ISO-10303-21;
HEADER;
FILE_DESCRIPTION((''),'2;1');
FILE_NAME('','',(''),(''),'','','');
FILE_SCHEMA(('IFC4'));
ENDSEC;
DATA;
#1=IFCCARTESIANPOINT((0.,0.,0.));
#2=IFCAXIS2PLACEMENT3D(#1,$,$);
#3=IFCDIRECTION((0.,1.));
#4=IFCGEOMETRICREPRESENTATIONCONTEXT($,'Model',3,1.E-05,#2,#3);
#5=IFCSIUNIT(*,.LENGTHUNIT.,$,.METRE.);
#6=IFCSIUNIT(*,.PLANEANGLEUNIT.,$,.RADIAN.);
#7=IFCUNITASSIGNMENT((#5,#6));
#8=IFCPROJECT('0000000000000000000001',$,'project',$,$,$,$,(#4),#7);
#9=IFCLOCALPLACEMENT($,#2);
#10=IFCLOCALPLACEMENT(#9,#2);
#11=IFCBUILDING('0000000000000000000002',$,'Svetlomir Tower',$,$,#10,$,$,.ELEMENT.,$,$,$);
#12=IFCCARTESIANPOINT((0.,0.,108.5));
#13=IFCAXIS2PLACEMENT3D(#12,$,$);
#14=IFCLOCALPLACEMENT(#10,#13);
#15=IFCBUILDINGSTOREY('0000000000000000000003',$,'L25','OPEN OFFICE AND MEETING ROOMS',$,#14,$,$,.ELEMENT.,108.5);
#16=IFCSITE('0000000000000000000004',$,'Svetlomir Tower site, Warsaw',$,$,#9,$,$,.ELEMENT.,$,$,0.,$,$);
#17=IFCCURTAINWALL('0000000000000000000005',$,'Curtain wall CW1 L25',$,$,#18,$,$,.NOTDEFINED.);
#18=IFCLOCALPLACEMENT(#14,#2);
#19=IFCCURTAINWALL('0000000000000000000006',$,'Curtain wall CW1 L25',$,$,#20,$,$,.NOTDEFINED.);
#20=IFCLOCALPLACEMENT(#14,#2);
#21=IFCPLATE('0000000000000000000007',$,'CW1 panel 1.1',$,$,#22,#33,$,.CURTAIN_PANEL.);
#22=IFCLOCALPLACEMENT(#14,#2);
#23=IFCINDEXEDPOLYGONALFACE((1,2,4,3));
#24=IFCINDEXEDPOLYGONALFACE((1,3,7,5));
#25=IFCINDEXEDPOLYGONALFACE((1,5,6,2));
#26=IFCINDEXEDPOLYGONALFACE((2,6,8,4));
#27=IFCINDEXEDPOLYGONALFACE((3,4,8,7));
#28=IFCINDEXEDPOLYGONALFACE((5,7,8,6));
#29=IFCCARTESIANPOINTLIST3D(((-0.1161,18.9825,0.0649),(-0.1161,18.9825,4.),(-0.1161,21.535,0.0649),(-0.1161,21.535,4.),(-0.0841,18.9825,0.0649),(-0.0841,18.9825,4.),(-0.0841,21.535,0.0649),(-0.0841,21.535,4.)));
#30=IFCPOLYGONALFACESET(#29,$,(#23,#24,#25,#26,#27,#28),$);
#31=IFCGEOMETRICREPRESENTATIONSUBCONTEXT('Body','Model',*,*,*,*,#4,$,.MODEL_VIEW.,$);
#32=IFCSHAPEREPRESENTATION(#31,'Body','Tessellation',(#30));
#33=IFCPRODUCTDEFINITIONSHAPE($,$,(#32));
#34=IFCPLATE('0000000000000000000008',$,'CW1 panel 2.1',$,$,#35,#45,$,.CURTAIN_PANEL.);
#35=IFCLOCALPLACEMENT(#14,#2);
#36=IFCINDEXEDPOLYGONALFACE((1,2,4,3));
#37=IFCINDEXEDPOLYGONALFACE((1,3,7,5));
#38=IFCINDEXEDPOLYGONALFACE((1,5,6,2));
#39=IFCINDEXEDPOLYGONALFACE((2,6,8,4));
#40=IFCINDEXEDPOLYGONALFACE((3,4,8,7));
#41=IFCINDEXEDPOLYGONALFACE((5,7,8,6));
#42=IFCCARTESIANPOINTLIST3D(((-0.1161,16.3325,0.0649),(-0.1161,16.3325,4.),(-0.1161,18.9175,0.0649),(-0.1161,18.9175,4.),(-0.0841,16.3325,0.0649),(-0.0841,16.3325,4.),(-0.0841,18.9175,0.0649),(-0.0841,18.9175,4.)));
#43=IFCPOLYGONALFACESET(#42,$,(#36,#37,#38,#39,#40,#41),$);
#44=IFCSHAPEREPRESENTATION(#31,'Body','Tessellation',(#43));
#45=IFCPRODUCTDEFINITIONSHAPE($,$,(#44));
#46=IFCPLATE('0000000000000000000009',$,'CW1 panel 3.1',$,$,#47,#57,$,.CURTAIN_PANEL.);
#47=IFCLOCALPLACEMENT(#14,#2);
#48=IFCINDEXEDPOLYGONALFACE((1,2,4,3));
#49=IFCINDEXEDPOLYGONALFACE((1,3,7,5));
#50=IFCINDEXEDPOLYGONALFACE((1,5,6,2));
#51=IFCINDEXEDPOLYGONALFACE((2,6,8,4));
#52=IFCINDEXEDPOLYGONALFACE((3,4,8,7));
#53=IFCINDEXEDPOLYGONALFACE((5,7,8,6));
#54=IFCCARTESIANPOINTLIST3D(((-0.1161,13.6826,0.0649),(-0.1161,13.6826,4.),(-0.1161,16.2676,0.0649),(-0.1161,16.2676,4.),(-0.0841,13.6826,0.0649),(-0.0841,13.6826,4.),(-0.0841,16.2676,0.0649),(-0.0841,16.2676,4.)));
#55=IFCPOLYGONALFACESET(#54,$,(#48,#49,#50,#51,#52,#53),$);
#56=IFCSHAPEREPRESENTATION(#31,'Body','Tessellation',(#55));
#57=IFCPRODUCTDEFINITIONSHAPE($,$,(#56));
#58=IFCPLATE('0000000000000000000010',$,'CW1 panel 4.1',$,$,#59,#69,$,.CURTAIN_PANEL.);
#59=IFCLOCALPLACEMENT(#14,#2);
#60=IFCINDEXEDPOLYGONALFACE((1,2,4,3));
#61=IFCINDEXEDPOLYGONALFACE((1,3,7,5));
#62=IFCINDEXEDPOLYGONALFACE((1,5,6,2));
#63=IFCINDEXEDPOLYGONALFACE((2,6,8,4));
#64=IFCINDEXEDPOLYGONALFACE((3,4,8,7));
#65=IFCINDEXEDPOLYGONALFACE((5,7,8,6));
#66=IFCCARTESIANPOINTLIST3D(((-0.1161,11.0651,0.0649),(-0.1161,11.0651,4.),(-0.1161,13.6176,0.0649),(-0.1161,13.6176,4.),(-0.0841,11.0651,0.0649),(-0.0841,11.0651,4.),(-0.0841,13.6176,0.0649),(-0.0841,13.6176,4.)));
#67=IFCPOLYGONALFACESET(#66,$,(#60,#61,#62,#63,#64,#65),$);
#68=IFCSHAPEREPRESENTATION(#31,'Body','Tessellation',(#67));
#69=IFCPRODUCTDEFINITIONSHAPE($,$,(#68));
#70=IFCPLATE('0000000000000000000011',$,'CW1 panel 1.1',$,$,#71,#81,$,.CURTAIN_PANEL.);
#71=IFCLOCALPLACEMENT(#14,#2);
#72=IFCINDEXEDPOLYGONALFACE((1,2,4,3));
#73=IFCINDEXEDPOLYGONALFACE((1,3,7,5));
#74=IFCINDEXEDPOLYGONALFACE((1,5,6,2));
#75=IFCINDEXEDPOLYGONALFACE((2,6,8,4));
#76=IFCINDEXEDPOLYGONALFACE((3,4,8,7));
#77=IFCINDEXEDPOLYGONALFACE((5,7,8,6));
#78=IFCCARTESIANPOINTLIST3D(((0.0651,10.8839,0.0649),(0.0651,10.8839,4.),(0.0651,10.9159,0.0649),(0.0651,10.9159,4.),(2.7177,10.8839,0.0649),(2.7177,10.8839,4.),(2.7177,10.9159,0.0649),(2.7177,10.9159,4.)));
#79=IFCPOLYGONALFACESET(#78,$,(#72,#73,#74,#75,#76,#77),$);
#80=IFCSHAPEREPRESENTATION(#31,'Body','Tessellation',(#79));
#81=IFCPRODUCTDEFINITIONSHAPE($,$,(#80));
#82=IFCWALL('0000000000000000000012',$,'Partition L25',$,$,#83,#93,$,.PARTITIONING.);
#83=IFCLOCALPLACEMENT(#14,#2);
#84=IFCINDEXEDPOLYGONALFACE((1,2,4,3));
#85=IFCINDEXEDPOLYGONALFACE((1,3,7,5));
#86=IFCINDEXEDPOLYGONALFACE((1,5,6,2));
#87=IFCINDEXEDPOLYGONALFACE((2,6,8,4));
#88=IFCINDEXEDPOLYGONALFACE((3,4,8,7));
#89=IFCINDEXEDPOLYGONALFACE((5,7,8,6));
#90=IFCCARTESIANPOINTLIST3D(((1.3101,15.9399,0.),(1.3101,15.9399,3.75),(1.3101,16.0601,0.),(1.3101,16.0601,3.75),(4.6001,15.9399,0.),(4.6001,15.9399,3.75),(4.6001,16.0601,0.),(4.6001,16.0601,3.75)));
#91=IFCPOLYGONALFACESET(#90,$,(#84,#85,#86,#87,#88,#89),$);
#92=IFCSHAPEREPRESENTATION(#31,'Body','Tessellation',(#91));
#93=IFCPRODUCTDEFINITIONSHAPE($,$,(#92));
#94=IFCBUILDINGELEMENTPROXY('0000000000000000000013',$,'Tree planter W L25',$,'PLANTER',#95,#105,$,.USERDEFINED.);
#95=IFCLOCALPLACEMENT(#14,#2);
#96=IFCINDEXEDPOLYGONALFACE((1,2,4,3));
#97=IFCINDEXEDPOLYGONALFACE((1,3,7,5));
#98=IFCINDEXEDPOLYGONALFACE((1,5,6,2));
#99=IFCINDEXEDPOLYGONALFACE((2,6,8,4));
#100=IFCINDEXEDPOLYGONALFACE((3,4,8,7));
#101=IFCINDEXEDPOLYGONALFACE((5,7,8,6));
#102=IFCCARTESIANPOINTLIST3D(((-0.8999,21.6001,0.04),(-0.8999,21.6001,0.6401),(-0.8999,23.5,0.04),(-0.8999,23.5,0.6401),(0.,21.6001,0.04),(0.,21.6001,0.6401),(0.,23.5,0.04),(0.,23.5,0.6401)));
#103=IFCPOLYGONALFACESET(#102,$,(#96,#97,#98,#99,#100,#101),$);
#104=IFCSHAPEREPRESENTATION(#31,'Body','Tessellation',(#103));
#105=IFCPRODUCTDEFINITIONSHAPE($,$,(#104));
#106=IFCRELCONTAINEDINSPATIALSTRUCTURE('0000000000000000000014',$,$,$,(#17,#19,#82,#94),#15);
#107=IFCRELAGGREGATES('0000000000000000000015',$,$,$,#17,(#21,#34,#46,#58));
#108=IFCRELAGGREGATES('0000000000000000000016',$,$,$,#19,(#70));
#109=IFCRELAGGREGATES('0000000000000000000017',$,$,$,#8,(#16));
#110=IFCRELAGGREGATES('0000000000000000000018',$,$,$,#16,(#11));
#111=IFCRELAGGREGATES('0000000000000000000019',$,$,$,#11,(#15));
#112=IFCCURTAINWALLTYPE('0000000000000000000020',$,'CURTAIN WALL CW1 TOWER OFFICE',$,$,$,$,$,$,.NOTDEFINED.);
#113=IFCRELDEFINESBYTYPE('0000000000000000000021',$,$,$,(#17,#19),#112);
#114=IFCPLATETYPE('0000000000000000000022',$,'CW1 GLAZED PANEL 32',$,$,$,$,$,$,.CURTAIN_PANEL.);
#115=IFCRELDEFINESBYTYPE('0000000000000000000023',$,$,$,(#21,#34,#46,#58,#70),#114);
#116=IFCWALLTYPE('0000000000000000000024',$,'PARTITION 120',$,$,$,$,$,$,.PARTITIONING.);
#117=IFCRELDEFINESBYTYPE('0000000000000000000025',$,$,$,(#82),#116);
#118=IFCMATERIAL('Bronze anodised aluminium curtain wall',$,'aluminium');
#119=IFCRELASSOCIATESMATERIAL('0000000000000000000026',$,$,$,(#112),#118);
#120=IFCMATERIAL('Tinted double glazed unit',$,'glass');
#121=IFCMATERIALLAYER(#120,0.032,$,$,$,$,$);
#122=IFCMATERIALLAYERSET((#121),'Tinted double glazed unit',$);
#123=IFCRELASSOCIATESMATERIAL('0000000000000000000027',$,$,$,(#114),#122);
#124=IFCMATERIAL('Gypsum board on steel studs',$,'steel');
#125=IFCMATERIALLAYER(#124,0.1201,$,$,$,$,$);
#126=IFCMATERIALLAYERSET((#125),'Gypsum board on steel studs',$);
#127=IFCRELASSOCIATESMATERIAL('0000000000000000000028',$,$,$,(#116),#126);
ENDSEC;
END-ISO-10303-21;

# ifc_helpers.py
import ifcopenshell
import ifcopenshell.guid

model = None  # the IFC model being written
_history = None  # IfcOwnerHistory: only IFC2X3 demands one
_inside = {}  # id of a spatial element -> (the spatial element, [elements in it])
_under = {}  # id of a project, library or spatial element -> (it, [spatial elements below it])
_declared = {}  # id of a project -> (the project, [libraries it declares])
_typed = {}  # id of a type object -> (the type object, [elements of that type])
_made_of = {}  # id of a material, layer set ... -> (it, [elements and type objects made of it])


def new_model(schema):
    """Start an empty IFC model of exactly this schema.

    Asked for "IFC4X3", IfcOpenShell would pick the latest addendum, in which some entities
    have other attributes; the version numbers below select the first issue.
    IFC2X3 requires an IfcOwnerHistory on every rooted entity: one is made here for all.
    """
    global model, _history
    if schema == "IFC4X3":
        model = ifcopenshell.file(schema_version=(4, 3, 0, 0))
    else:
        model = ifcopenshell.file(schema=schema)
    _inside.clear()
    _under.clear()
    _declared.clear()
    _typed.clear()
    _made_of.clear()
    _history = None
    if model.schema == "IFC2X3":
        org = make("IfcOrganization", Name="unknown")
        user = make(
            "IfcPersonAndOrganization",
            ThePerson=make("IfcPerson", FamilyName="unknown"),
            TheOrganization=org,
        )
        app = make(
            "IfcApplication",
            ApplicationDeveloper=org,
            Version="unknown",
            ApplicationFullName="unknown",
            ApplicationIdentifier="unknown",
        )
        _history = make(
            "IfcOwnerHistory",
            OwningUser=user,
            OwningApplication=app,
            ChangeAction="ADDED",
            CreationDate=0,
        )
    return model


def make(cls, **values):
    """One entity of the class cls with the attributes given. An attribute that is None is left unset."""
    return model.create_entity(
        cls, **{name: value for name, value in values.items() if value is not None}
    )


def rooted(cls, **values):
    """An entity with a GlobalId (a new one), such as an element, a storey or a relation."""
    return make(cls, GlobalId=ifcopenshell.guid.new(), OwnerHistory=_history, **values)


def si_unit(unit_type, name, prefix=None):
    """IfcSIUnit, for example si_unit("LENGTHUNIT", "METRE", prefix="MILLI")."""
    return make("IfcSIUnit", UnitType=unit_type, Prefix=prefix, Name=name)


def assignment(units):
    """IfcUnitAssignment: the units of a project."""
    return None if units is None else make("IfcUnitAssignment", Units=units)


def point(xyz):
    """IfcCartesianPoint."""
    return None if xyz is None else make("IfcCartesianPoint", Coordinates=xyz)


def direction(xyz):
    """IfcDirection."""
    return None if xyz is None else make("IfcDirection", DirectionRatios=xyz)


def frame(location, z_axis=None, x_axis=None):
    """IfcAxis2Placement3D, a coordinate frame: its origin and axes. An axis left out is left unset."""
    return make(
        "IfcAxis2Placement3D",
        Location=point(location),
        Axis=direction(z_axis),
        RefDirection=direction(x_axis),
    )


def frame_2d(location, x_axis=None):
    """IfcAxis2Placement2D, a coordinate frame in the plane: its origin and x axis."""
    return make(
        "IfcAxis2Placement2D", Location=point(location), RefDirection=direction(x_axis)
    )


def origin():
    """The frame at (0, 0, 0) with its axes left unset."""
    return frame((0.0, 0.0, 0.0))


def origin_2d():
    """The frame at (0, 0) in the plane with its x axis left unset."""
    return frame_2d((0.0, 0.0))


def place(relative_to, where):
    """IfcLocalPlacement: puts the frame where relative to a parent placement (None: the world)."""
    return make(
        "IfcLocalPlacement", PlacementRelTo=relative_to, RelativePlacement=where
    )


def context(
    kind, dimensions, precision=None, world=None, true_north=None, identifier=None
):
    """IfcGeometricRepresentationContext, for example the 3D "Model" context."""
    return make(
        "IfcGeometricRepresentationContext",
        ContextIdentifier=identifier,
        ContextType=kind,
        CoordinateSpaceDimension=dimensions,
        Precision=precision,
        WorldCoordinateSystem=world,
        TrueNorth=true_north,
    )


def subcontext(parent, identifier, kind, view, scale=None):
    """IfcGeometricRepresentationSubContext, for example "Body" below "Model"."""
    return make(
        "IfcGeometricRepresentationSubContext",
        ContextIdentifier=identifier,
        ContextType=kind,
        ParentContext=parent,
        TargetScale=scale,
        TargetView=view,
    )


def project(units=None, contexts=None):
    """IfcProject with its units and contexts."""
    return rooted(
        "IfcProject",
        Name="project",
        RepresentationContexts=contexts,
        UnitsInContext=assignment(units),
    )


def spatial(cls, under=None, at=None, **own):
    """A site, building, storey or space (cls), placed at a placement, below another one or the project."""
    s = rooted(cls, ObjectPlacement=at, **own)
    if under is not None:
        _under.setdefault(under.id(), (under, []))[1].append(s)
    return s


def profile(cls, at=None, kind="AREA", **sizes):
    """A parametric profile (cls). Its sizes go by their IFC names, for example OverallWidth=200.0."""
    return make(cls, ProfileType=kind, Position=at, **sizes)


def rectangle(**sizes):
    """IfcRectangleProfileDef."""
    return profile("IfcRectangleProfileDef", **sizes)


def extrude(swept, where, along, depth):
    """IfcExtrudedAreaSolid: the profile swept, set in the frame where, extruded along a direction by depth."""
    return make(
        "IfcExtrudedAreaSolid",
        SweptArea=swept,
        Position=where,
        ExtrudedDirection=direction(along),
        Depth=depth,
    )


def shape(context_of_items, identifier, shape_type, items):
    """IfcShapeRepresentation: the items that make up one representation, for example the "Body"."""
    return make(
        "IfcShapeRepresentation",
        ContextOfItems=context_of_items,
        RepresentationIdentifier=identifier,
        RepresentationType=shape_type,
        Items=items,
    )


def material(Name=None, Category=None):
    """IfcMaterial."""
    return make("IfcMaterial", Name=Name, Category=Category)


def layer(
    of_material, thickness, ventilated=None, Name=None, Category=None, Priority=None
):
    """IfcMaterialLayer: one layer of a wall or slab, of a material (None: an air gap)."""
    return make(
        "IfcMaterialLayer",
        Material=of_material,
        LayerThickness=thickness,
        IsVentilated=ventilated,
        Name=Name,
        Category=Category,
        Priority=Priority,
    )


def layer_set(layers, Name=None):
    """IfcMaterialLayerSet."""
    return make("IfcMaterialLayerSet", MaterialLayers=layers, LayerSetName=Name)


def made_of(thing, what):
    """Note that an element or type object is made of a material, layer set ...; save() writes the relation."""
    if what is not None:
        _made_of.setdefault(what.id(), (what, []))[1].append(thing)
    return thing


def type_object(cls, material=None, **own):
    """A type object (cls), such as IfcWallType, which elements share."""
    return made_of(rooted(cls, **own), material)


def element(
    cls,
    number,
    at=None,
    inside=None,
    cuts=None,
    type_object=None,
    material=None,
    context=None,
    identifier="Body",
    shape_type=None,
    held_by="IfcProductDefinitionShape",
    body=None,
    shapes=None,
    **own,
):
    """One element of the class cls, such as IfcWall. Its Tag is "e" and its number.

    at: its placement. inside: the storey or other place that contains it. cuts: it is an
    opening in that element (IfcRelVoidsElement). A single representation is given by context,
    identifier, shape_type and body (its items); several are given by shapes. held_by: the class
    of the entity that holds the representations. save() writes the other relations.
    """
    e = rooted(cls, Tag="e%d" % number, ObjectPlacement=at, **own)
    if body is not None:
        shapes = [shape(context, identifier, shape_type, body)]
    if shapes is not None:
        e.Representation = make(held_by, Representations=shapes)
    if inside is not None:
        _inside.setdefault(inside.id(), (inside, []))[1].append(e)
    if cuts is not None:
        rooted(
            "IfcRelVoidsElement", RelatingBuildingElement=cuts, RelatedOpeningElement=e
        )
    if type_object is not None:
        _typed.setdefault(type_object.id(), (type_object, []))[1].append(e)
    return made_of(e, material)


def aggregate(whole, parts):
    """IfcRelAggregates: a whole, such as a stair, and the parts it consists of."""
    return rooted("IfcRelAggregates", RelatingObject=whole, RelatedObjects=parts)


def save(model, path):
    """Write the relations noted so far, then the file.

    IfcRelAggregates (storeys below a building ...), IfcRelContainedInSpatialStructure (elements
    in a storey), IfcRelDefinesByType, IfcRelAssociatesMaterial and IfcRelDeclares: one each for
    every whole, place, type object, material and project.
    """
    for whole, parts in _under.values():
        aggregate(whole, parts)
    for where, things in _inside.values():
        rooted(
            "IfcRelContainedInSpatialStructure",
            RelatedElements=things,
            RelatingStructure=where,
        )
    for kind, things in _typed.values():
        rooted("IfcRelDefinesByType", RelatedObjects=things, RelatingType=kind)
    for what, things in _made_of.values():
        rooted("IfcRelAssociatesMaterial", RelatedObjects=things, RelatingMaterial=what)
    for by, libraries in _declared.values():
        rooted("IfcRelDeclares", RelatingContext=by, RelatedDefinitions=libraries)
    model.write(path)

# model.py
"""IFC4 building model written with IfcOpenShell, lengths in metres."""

from ifc_helpers import new_model, si_unit, direction, frame, frame_2d, origin, origin_2d, place, context, subcontext, project, spatial, rectangle, extrude, material, layer, layer_set, type_object, element, aggregate, save


model = new_model("IFC4")

# Units and contexts
model_context = context("Model", 3, precision=1e-05, world=origin(), true_north=direction((0.0, 1.0)))
body_context = subcontext(model_context, "Body", "Model", "MODEL_VIEW")
ifc_project = project(units=[si_unit("LENGTHUNIT", "METRE"), si_unit("PLANEANGLEUNIT", "RADIAN")], contexts=[model_context])

# Site, building, storey
site_placement = place(None, origin())
site = spatial("IfcSite", under=ifc_project, at=site_placement, Name="Svetlomir Tower site, Warsaw", CompositionType="ELEMENT", RefElevation=0.0)
building_placement = place(site_placement, origin())
building = spatial("IfcBuilding", under=site, at=building_placement, Name="Svetlomir Tower", CompositionType="ELEMENT")
storey_placement = place(building_placement, frame((0.0, 0.0, 108.5)))
storey = spatial("IfcBuildingStorey", under=building, at=storey_placement, Name="L25", Description="OPEN OFFICE AND MEETING ROOMS", CompositionType="ELEMENT", Elevation=108.5)

# Curtain wall
ifc_material_1 = material(Name="Bronze anodised aluminium curtain wall", Category="aluminium")
curtain_wall_type = type_object("IfcCurtainWallType", Name="CURTAIN WALL CW1 TOWER OFFICE", PredefinedType="NOTDEFINED", material=ifc_material_1)
curtain_wall_1_placement = place(storey_placement, origin())
curtain_wall_1 = element("IfcCurtainWall", 1, at=curtain_wall_1_placement, inside=storey, type_object=curtain_wall_type, Name="Curtain wall CW1 L25", PredefinedType="NOTDEFINED")

# Curtain wall
curtain_wall_2_placement = place(storey_placement, origin())
curtain_wall_2 = element("IfcCurtainWall", 2, at=curtain_wall_2_placement, inside=storey, type_object=curtain_wall_type, Name="Curtain wall CW1 L25", PredefinedType="NOTDEFINED")

# Plates
ifc_material_2 = material(Name="Tinted double glazed unit", Category="glass")
ifc_layer_1 = layer(ifc_material_2, 0.032)
ifc_layer_set_1 = layer_set([ifc_layer_1], Name="Tinted double glazed unit")
plate_type = type_object("IfcPlateType", Name="CW1 GLAZED PANEL 32", PredefinedType="CURTAIN_PANEL", material=ifc_layer_set_1)
plate_1_placement = place(storey_placement, frame((-0.1001, 20.2588, 0.0649), z_axis=(0.0, 0.0, 1.0), x_axis=(0.0, -1.0, 0.0)))
plate_1 = element("IfcPlate", 3, at=plate_1_placement, type_object=plate_type, Name="CW1 panel 1.1", PredefinedType="CURTAIN_PANEL", context=body_context, shape_type="SweptSolid", body=[
    extrude(rectangle(XDim=2.5525, YDim=0.032, at=origin_2d()), origin(), (0.0, 0.0, 1.0), 3.9351),
])
plate_2_placement = place(storey_placement, frame((-0.1001, 17.625, 0.0649), z_axis=(0.0, 0.0, 1.0), x_axis=(0.0, -1.0, 0.0)))
plate_2 = element("IfcPlate", 4, at=plate_2_placement, type_object=plate_type, Name="CW1 panel 2.1", PredefinedType="CURTAIN_PANEL", context=body_context, shape_type="SweptSolid", body=[
    extrude(rectangle(XDim=2.585, YDim=0.032, at=origin_2d()), origin(), (0.0, 0.0, 1.0), 3.9351),
])
plate_3_placement = place(storey_placement, frame((-0.1001, 14.9751, 0.0649), z_axis=(0.0, 0.0, 1.0), x_axis=(0.0, -1.0, 0.0)))
plate_3 = element("IfcPlate", 5, at=plate_3_placement, type_object=plate_type, Name="CW1 panel 3.1", PredefinedType="CURTAIN_PANEL", context=body_context, shape_type="SweptSolid", body=[
    extrude(rectangle(XDim=2.585, YDim=0.032, at=origin_2d()), origin(), (0.0, 0.0, 1.0), 3.9351),
])
plate_4_placement = place(storey_placement, frame((-0.1001, 12.3413, 0.0649), z_axis=(0.0, 0.0, 1.0), x_axis=(0.0, -1.0, 0.0)))
plate_4 = element("IfcPlate", 6, at=plate_4_placement, type_object=plate_type, Name="CW1 panel 4.1", PredefinedType="CURTAIN_PANEL", context=body_context, shape_type="SweptSolid", body=[
    extrude(rectangle(XDim=2.5525, YDim=0.032, at=origin_2d()), origin(), (0.0, 0.0, 1.0), 3.9351),
])
aggregate(curtain_wall_1, [plate_1, plate_2, plate_3, plate_4])
plate_5_placement = place(storey_placement, frame((1.3914, 10.8999, 0.0649), z_axis=(0.0, 0.0, 1.0), x_axis=(1.0, 0.0, 0.0)))
plate_5 = element("IfcPlate", 7, at=plate_5_placement, type_object=plate_type, Name="CW1 panel 1.1", PredefinedType="CURTAIN_PANEL", context=body_context, shape_type="SweptSolid", body=[
    extrude(rectangle(XDim=2.6526, YDim=0.032, at=origin_2d()), origin(), (0.0, 0.0, 1.0), 3.9351),
])
aggregate(curtain_wall_2, [plate_5])

# Wall
ifc_material_3 = material(Name="Gypsum board on steel studs", Category="steel")
ifc_layer_2 = layer(ifc_material_3, 0.1201)
ifc_layer_set_2 = layer_set([ifc_layer_2], Name="Gypsum board on steel studs")
wall_type = type_object("IfcWallType", Name="PARTITION 120", PredefinedType="PARTITIONING", material=ifc_layer_set_2)
wall_placement = place(storey_placement, frame((1.3101, 16.0, 0.0), z_axis=(0.0, 0.0, 1.0), x_axis=(1.0, 0.0, 0.0)))
element("IfcWall", 8, at=wall_placement, inside=storey, type_object=wall_type, Name="Partition L25", PredefinedType="PARTITIONING", context=body_context, shape_type="SweptSolid", body=[
    extrude(rectangle(XDim=3.29, YDim=0.1201, at=frame_2d((1.645, 0.0))), origin(), (0.0, 0.0, 1.0), 3.75),
])

# Building element proxy
proxy_placement = place(storey_placement, frame((-0.45, 22.55, 0.04), z_axis=(0.0, 0.0, 1.0), x_axis=(1.0, 0.0, 0.0)))
element("IfcBuildingElementProxy", 9, at=proxy_placement, inside=storey, Name="Tree planter W L25", ObjectType="PLANTER", PredefinedType="USERDEFINED", context=body_context, shape_type="SweptSolid", body=[
    extrude(rectangle(XDim=0.8999, YDim=1.8999, at=origin_2d()), origin(), (0.0, 0.0, 1.0), 0.6001),
])

save(model, "model.ifc")
